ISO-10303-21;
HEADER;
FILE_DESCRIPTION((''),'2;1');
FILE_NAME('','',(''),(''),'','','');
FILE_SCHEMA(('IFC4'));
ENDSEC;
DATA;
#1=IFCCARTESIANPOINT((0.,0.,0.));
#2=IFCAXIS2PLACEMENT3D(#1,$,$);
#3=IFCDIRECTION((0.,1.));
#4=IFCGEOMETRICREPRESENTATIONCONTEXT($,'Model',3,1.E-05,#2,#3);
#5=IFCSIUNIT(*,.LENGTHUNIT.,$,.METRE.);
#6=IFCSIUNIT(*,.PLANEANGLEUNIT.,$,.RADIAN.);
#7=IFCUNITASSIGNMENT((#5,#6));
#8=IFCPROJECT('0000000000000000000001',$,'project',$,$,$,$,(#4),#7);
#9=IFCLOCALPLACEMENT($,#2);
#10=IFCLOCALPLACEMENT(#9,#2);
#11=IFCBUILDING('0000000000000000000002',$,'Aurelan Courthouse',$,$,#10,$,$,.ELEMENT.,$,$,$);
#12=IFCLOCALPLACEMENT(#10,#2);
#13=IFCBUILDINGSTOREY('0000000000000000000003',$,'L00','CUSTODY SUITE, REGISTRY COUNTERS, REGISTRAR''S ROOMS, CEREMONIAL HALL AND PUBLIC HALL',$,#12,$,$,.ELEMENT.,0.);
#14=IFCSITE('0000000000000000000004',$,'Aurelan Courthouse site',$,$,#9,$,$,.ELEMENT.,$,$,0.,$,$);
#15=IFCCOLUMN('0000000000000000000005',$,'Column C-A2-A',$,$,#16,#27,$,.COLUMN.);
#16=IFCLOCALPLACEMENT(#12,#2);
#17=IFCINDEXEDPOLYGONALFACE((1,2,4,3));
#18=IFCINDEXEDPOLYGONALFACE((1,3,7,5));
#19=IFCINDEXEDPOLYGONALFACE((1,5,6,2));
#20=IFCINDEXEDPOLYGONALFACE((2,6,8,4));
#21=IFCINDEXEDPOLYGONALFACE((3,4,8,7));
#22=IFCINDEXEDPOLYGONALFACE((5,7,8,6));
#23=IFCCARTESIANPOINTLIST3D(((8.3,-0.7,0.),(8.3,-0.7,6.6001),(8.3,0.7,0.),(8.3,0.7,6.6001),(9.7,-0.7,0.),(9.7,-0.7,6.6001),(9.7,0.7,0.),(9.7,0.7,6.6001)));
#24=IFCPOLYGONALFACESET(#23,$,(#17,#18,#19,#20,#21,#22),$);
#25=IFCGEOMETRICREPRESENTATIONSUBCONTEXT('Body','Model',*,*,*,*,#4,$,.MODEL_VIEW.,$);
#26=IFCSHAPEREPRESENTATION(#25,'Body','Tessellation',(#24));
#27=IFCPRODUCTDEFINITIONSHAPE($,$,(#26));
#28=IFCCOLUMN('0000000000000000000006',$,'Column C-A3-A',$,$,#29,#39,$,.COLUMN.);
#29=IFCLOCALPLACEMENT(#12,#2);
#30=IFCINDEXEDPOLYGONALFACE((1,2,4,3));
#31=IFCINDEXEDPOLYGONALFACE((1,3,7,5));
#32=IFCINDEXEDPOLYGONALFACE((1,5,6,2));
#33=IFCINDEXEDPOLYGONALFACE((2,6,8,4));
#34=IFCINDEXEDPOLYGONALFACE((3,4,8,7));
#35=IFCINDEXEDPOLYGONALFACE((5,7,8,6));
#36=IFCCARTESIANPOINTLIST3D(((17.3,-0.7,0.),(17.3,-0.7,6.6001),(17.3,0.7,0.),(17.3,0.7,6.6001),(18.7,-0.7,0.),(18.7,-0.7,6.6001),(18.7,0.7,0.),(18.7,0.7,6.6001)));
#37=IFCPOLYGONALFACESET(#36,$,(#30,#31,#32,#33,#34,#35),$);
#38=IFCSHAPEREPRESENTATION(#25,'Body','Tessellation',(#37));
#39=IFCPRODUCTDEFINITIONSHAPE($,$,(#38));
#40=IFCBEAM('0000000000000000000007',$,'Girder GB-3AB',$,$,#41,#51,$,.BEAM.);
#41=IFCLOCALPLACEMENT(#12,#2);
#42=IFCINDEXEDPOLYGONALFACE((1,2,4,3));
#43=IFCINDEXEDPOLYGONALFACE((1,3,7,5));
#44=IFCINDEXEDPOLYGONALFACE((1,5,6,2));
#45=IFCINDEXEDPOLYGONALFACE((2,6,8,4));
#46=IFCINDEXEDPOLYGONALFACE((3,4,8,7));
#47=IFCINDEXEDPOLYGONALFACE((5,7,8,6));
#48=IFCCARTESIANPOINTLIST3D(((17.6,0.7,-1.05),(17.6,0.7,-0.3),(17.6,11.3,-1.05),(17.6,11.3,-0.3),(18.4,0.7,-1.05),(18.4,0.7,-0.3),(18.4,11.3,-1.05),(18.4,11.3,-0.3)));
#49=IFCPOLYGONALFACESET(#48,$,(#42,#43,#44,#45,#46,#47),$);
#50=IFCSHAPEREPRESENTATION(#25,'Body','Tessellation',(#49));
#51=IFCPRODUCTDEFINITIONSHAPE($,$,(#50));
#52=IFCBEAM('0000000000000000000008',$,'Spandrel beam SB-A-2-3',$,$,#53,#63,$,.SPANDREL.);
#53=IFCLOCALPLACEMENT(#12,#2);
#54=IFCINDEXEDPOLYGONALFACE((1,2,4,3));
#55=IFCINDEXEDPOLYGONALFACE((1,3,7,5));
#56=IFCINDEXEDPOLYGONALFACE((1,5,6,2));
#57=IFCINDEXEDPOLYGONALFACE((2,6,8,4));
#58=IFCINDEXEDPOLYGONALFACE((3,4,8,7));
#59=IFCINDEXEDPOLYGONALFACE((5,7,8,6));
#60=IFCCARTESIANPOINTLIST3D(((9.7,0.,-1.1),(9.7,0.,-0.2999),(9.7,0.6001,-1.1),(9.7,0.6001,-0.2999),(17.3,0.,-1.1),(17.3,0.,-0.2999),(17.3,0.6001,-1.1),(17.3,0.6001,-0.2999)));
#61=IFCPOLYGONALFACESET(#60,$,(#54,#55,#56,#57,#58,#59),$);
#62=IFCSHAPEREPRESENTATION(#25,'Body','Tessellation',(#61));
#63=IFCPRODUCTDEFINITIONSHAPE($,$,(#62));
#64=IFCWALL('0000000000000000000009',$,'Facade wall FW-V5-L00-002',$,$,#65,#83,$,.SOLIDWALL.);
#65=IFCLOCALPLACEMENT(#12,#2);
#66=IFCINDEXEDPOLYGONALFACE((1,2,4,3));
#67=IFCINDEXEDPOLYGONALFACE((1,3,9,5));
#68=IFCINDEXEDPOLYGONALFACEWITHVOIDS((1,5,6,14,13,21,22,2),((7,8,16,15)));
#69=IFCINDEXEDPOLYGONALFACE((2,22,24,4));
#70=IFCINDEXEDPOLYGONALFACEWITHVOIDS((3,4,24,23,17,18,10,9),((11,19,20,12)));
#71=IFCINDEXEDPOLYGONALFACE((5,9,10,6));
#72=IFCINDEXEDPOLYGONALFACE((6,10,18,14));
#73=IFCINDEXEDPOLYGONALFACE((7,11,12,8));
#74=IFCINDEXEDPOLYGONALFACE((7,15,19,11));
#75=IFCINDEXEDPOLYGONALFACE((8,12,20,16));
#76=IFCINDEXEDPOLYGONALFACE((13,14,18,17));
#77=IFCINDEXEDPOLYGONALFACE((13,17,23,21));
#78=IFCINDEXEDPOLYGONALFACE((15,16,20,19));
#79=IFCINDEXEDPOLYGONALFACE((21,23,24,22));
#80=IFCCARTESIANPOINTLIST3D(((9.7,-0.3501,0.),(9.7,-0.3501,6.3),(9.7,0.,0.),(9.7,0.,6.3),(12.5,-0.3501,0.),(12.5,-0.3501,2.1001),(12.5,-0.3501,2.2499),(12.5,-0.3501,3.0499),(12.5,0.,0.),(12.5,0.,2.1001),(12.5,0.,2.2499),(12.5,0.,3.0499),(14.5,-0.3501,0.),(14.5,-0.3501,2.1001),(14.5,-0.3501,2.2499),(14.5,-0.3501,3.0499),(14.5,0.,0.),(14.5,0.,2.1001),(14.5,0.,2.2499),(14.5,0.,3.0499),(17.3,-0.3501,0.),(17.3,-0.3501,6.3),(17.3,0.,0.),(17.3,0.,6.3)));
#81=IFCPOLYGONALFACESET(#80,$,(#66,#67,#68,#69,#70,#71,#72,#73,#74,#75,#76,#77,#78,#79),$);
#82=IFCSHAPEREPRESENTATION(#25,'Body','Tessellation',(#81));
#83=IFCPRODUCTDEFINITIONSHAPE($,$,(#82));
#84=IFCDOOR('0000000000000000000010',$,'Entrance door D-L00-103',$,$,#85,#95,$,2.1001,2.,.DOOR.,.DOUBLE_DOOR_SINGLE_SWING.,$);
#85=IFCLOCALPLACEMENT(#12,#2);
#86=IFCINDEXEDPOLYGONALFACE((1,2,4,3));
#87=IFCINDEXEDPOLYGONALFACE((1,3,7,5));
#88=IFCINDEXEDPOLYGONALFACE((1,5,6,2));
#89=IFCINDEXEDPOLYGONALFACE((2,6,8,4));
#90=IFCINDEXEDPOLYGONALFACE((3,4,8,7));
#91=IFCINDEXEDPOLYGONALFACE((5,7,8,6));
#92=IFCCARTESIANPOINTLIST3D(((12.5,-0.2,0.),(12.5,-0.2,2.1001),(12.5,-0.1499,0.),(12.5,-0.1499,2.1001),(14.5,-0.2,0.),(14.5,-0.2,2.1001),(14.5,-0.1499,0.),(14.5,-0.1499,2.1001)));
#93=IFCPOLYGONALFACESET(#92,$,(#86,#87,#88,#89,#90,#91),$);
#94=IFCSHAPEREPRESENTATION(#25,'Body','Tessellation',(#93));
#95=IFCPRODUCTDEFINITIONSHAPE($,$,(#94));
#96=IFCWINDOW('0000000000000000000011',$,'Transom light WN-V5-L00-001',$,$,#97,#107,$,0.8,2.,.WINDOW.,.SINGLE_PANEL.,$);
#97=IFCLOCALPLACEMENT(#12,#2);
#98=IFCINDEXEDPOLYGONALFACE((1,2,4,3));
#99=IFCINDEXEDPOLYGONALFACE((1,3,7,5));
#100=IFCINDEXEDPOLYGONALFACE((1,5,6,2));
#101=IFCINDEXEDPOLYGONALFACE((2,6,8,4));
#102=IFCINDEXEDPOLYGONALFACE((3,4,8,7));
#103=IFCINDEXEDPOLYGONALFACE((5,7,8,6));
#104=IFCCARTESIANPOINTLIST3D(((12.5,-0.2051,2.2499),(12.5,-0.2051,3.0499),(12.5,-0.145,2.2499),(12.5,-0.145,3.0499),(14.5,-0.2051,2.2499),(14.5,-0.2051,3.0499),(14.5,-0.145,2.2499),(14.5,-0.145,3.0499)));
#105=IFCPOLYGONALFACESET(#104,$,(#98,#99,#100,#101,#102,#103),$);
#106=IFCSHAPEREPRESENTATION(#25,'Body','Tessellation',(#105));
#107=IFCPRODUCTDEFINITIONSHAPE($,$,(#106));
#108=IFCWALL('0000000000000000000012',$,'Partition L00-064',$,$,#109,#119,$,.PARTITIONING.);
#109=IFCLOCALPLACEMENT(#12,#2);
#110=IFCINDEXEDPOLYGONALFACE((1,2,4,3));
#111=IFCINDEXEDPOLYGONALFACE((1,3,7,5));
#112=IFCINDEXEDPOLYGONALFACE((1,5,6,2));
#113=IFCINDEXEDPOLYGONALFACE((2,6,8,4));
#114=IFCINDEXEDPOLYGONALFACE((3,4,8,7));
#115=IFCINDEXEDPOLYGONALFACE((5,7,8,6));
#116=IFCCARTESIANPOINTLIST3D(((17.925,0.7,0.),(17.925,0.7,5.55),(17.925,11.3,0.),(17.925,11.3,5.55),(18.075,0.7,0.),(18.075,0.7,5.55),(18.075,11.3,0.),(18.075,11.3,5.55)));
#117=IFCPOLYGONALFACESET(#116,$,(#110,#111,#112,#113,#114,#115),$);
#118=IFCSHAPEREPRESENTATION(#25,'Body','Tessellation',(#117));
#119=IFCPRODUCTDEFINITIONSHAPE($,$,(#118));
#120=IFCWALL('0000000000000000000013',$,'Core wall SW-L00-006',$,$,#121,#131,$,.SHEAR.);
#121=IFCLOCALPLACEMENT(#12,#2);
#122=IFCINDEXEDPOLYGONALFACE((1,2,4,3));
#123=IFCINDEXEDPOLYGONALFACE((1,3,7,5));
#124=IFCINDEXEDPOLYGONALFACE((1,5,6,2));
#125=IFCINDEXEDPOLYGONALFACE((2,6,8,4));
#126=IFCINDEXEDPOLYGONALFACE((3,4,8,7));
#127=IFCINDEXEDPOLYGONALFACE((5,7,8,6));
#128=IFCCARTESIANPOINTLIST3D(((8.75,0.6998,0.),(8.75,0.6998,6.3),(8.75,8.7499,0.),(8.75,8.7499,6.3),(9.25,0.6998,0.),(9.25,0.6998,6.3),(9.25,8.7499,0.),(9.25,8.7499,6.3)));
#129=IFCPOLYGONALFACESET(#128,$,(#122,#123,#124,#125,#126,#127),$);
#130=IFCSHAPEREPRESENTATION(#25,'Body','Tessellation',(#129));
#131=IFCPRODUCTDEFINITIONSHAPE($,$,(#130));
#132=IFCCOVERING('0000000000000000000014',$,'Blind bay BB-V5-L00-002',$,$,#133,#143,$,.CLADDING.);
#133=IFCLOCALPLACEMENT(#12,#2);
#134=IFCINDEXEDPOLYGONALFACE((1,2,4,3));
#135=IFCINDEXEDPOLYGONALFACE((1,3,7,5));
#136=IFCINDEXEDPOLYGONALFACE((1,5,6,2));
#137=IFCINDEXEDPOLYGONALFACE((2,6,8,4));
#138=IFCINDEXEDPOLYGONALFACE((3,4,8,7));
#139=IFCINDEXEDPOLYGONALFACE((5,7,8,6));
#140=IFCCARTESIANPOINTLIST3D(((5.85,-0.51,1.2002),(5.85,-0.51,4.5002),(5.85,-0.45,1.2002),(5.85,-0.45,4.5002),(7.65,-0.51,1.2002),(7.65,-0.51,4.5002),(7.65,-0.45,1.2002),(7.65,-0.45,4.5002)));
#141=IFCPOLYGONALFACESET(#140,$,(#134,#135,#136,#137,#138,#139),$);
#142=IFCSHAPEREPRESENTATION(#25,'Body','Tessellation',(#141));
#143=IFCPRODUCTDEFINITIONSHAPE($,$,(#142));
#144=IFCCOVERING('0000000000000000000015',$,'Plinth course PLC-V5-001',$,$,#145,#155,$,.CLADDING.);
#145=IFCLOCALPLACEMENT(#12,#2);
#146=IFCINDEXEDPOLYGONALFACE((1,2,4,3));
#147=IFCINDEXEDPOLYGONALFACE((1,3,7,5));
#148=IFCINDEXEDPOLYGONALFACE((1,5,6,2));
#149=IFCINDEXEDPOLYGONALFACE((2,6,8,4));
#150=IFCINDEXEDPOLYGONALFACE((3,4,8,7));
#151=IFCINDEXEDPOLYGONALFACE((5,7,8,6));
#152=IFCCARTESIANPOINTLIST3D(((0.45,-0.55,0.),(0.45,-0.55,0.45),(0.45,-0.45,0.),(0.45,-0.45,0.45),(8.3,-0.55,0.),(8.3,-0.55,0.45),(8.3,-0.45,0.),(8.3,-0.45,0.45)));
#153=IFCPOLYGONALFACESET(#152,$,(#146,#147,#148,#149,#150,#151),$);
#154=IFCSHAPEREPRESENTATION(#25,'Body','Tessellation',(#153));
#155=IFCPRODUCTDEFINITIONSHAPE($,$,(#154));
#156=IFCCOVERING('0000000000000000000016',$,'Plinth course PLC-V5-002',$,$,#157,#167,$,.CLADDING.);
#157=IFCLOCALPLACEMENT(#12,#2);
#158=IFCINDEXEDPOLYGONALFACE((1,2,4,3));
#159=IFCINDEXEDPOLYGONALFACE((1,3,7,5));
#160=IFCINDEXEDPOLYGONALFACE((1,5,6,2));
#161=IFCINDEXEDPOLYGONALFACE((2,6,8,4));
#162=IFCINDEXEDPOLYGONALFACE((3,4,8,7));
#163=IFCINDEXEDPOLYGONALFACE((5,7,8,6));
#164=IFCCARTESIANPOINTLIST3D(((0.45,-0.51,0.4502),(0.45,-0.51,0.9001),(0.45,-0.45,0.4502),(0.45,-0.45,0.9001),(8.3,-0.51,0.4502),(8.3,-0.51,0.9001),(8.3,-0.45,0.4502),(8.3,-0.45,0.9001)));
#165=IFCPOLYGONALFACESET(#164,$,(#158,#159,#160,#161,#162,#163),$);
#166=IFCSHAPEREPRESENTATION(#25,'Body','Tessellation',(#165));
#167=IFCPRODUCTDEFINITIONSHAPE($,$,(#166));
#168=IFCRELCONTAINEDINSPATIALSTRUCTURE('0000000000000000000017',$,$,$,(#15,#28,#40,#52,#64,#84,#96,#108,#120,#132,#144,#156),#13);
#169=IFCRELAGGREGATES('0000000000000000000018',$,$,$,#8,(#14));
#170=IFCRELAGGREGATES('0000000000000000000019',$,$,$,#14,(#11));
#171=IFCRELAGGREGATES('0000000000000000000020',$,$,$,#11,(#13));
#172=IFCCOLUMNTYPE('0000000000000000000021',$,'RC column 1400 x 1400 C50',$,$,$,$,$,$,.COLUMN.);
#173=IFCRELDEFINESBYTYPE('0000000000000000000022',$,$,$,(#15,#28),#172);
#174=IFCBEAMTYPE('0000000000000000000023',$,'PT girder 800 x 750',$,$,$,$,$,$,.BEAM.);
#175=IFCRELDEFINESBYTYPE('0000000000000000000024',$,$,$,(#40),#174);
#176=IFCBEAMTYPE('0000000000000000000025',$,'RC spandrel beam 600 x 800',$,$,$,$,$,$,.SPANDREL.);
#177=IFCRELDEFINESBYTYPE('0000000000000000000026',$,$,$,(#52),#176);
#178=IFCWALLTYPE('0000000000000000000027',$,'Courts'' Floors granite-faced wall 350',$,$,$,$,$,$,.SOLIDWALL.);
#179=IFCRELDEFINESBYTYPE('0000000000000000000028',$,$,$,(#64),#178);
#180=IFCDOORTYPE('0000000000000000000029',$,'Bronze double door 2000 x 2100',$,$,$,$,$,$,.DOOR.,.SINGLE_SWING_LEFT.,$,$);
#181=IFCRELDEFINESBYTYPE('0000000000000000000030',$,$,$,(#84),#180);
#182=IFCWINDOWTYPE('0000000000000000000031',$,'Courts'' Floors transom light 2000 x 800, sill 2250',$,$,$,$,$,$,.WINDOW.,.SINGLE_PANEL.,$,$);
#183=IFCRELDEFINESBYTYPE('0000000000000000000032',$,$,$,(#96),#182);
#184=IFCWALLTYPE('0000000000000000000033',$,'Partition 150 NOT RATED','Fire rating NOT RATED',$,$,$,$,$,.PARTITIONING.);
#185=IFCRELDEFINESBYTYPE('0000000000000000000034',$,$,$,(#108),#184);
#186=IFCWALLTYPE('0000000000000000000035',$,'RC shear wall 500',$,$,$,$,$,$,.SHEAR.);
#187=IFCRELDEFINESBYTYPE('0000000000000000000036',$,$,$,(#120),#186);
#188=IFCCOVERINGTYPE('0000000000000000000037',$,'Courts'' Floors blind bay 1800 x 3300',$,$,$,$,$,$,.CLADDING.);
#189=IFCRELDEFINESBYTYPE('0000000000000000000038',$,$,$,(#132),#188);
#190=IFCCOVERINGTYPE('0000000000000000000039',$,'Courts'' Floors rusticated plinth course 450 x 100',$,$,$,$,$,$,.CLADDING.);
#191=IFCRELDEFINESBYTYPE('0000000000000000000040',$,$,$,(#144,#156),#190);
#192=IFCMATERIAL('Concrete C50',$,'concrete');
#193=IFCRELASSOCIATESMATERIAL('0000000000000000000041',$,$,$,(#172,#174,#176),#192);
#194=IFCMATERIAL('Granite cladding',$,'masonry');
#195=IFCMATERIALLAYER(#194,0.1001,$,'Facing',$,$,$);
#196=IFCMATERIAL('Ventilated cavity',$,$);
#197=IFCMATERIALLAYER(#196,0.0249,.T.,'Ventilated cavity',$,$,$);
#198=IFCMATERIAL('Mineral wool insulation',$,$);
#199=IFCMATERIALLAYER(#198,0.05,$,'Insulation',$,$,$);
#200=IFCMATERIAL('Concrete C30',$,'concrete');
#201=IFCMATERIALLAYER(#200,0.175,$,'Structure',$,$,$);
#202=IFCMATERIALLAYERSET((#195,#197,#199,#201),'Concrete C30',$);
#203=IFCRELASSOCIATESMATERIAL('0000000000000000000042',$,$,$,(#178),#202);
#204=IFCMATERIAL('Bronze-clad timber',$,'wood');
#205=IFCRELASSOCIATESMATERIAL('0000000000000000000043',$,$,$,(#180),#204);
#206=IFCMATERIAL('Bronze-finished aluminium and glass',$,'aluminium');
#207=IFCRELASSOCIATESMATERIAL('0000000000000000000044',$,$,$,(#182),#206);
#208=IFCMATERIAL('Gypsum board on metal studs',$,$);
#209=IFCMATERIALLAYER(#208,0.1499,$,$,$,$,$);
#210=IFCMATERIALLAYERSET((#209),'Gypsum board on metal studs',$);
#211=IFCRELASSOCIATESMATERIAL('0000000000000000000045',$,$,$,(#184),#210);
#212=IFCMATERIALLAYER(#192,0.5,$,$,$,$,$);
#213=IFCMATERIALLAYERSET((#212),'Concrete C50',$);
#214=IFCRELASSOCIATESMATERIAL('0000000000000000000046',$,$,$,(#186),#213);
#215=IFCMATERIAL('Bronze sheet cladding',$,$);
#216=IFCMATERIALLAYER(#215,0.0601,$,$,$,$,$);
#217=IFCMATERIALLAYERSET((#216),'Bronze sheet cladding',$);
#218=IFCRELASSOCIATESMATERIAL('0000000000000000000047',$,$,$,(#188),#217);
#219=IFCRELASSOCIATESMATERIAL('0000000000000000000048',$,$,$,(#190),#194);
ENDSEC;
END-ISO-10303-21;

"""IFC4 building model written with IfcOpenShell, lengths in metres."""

from ifc_helpers import new_model, si_unit, direction, frame, frame_2d, origin, origin_2d, place, context, subcontext, project, spatial, rectangle, extrude, material, layer, layer_set, material_profile, profile_set, type_object, element, fill, save


model = new_model("IFC4")

# Units and contexts
model_context = context("Model", 3, precision=1e-05, world=origin(), true_north=direction((0.0, 1.0)))
body_context = subcontext(model_context, "Body", "Model", "MODEL_VIEW")
ifc_project = project(units=[si_unit("LENGTHUNIT", "METRE"), si_unit("PLANEANGLEUNIT", "RADIAN")], contexts=[model_context])

# Site, building, storey
site_placement = place(None, origin())
site = spatial("IfcSite", under=ifc_project, at=site_placement, Name="Aurelan Courthouse site", CompositionType="ELEMENT", RefElevation=0.0)
building_placement = place(site_placement, origin())
building = spatial("IfcBuilding", under=site, at=building_placement, Name="Aurelan Courthouse", CompositionType="ELEMENT")
storey_placement = place(building_placement, origin())
storey = spatial("IfcBuildingStorey", under=building, at=storey_placement, Name="L00", Description="CUSTODY SUITE, REGISTRY COUNTERS, REGISTRAR'S ROOMS, CEREMONIAL HALL AND PUBLIC HALL", CompositionType="ELEMENT", Elevation=0.0)

# Columns
ifc_material_1 = material(Name="Concrete C50", Category="concrete")
ifc_material_profile_1 = material_profile(ifc_material_1, rectangle(XDim=1.3999, YDim=1.3999, at=origin_2d()), Name="RC 1400 x 1400")
ifc_profile_set_1 = profile_set([ifc_material_profile_1], Name="Concrete C50")
column_type = type_object("IfcColumnType", Name="RC column 1400 x 1400 C50", PredefinedType="COLUMN", material=ifc_profile_set_1)
for number, where, z_axis, x_axis, name in (
    (1, (9.0, 0.0, 0.0), (0.0, 0.0, 1.0), (1.0, 0.0, 0.0), "Column C-A2-A"),
    (2, (18.0, 0.0, 0.0), (0.0, 0.0, 1.0), (1.0, 0.0, 0.0), "Column C-A3-A"),
):
    element("IfcColumn", number, at=place(storey_placement, frame(where, z_axis=z_axis, x_axis=x_axis)), inside=storey, type_object=column_type, Name=name, PredefinedType="COLUMN", context=body_context, shape_type="SweptSolid", body=[
        extrude(rectangle(XDim=1.3999, YDim=1.3999, at=origin_2d()), origin(), (0.0, 0.0, 1.0), 6.6001),
    ])

# Beams
ifc_material_profile_2 = material_profile(ifc_material_1, rectangle(XDim=0.8, YDim=0.75, at=origin_2d()), Name="RC 800 x 750")
ifc_profile_set_2 = profile_set([ifc_material_profile_2], Name="Concrete C50")
beam_type_1 = type_object("IfcBeamType", Name="PT girder 800 x 750", PredefinedType="BEAM", material=ifc_profile_set_2)
beam_1_placement = place(storey_placement, frame((18.0, 0.7, -0.675), z_axis=(0.0, 1.0, 0.0), x_axis=(-1.0, 0.0, 0.0)))
element("IfcBeam", 3, at=beam_1_placement, inside=storey, type_object=beam_type_1, Name="Girder GB-3AB", PredefinedType="BEAM", context=body_context, shape_type="SweptSolid", body=[
    extrude(rectangle(XDim=0.8, YDim=0.75, at=origin_2d()), origin(), (0.0, 0.0, 1.0), 10.6001),
])
ifc_material_profile_3 = material_profile(ifc_material_1, rectangle(XDim=0.6001, YDim=0.8, at=origin_2d()), Name="RC 600 x 800")
ifc_profile_set_3 = profile_set([ifc_material_profile_3], Name="Concrete C50")
beam_type_2 = type_object("IfcBeamType", Name="RC spandrel beam 600 x 800", PredefinedType="SPANDREL", material=ifc_profile_set_3)
beam_2_placement = place(storey_placement, frame((9.7, 0.3, -0.7), z_axis=(1.0, 0.0, 0.0), x_axis=(0.0, 1.0, 0.0)))
element("IfcBeam", 4, at=beam_2_placement, inside=storey, type_object=beam_type_2, Name="Spandrel beam SB-A-2-3", PredefinedType="SPANDREL", context=body_context, shape_type="SweptSolid", body=[
    extrude(rectangle(XDim=0.6001, YDim=0.8, at=origin_2d()), origin(), (0.0, 0.0, 1.0), 7.6001),
])

# Wall, openings, door, window
ifc_material_2 = material(Name="Granite cladding", Category="masonry")
ifc_layer_1 = layer(ifc_material_2, 0.1001, Name="Facing")
ifc_material_3 = material(Name="Ventilated cavity")
ifc_layer_2 = layer(ifc_material_3, 0.0249, ventilated=True, Name="Ventilated cavity")
ifc_material_4 = material(Name="Mineral wool insulation")
ifc_layer_3 = layer(ifc_material_4, 0.05, Name="Insulation")
ifc_material_5 = material(Name="Concrete C30", Category="concrete")
ifc_layer_4 = layer(ifc_material_5, 0.175, Name="Structure")
ifc_layer_set_1 = layer_set([ifc_layer_1, ifc_layer_2, ifc_layer_3, ifc_layer_4], Name="Concrete C30")
wall_type_1 = type_object("IfcWallType", Name="Courts' Floors granite-faced wall 350", PredefinedType="SOLIDWALL", material=ifc_layer_set_1)
wall_1_placement = place(storey_placement, frame((9.7, -0.175, 0.0), z_axis=(0.0, 0.0, 1.0), x_axis=(1.0, 0.0, 0.0)))
wall_1 = element("IfcWall", 5, at=wall_1_placement, inside=storey, type_object=wall_type_1, Name="Facade wall FW-V5-L00-002", PredefinedType="SOLIDWALL", context=body_context, shape_type="SweptSolid", body=[
    extrude(rectangle(XDim=7.6001, YDim=0.3501, at=frame_2d((3.8, 0.0))), origin(), (0.0, 0.0, 1.0), 6.3),
])
opening_1_placement = place(wall_1_placement, frame((4.8, 0.0, 0.0), z_axis=(0.0, 0.0, 1.0), x_axis=(-1.0, 0.0, 0.0)))
opening_1 = element("IfcOpeningElement", 6, at=opening_1_placement, cuts=wall_1, PredefinedType="OPENING", context=body_context, shape_type="SweptSolid", body=[
    extrude(rectangle(XDim=2.0, YDim=2.1001, at=frame_2d((1.0, 1.05))), frame((0.0, 0.1851, 0.0), z_axis=(0.0, -1.0, 0.0), x_axis=(1.0, 0.0, 0.0)), (0.0, 0.0, 1.0), 0.3701),
])
opening_2_placement = place(wall_1_placement, frame((2.8, 0.0, 2.25)))
opening_2 = element("IfcOpeningElement", 7, at=opening_2_placement, cuts=wall_1, PredefinedType="OPENING", context=body_context, shape_type="SweptSolid", body=[
    extrude(rectangle(XDim=2.0, YDim=0.8, at=frame_2d((1.0, 0.3999))), frame((0.0, 0.1851, 0.0), z_axis=(0.0, -1.0, 0.0), x_axis=(1.0, 0.0, 0.0)), (0.0, 0.0, 1.0), 0.3701),
])
ifc_material_6 = material(Name="Bronze-clad timber", Category="wood")
door_type = type_object("IfcDoorType", Name="Bronze double door 2000 x 2100", OperationType="SINGLE_SWING_LEFT", PredefinedType="DOOR", material=ifc_material_6)
door_placement = place(opening_1_placement, origin())
door = element("IfcDoor", 8, at=door_placement, inside=storey, type_object=door_type, Name="Entrance door D-L00-103", OperationType="DOUBLE_DOOR_SINGLE_SWING", OverallHeight=2.1001, OverallWidth=2.0, PredefinedType="DOOR", context=body_context, shape_type="SweptSolid", body=[
    extrude(rectangle(XDim=2.0, YDim=2.1001, at=frame_2d((1.0, 1.05))), frame((0.0, 0.0249, 0.0), z_axis=(0.0, -1.0, 0.0), x_axis=(1.0, 0.0, 0.0)), (0.0, 0.0, 1.0), 0.05),
])
fill(opening_1, door)
ifc_material_7 = material(Name="Bronze-finished aluminium and glass", Category="aluminium")
window_type = type_object("IfcWindowType", Name="Courts' Floors transom light 2000 x 800, sill 2250", PartitioningType="SINGLE_PANEL", PredefinedType="WINDOW", material=ifc_material_7)
window_placement = place(opening_2_placement, origin())
window = element("IfcWindow", 9, at=window_placement, inside=storey, type_object=window_type, Name="Transom light WN-V5-L00-001", OverallHeight=0.8, OverallWidth=2.0, PartitioningType="SINGLE_PANEL", PredefinedType="WINDOW", context=body_context, shape_type="SweptSolid", body=[
    extrude(rectangle(XDim=2.0, YDim=0.8, at=frame_2d((1.0, 0.3999))), frame((0.0, 0.03, 0.0), z_axis=(0.0, -1.0, 0.0), x_axis=(1.0, 0.0, 0.0)), (0.0, 0.0, 1.0), 0.0601),
])
fill(opening_2, window)

# Walls
ifc_material_8 = material(Name="Gypsum board on metal studs")
ifc_layer_5 = layer(ifc_material_8, 0.1499)
ifc_layer_set_2 = layer_set([ifc_layer_5], Name="Gypsum board on metal studs")
wall_type_2 = type_object("IfcWallType", Name="Partition 150 NOT RATED", Description="Fire rating NOT RATED", PredefinedType="PARTITIONING", material=ifc_layer_set_2)
wall_2_placement = place(storey_placement, frame((18.0, 0.7, 0.0), z_axis=(0.0, 0.0, 1.0), x_axis=(0.0, 1.0, 0.0)))
element("IfcWall", 10, at=wall_2_placement, inside=storey, type_object=wall_type_2, Name="Partition L00-064", PredefinedType="PARTITIONING", context=body_context, shape_type="SweptSolid", body=[
    extrude(rectangle(XDim=10.6001, YDim=0.1499, at=frame_2d((5.3, 0.0))), origin(), (0.0, 0.0, 1.0), 5.55),
])
ifc_layer_6 = layer(ifc_material_1, 0.5)
ifc_layer_set_3 = layer_set([ifc_layer_6], Name="Concrete C50")
wall_type_3 = type_object("IfcWallType", Name="RC shear wall 500", PredefinedType="SHEAR", material=ifc_layer_set_3)
wall_3_placement = place(storey_placement, frame((9.0, 0.7, 0.0), z_axis=(0.0, 0.0, 1.0), x_axis=(0.0, 1.0, 0.0)))
element("IfcWall", 11, at=wall_3_placement, inside=storey, type_object=wall_type_3, Name="Core wall SW-L00-006", PredefinedType="SHEAR", context=body_context, shape_type="SweptSolid", body=[
    extrude(rectangle(XDim=8.05, YDim=0.5, at=frame_2d((4.0249, 0.0))), origin(), (0.0, 0.0, 1.0), 6.3),
])

# Coverings
ifc_material_9 = material(Name="Bronze sheet cladding")
ifc_layer_7 = layer(ifc_material_9, 0.0601)
ifc_layer_set_4 = layer_set([ifc_layer_7], Name="Bronze sheet cladding")
covering_type_1 = type_object("IfcCoveringType", Name="Courts' Floors blind bay 1800 x 3300", PredefinedType="CLADDING", material=ifc_layer_set_4)
covering_1_placement = place(storey_placement, frame((6.75, -0.48, 1.2002), z_axis=(0.0, 0.0, 1.0), x_axis=(1.0, 0.0, 0.0)))
element("IfcCovering", 12, at=covering_1_placement, inside=storey, type_object=covering_type_1, Name="Blind bay BB-V5-L00-002", PredefinedType="CLADDING", context=body_context, shape_type="SweptSolid", body=[
    extrude(rectangle(XDim=1.8, YDim=0.0601, at=origin_2d()), origin(), (0.0, 0.0, 1.0), 3.3),
])
covering_type_2 = type_object("IfcCoveringType", Name="Courts' Floors rusticated plinth course 450 x 100", PredefinedType="CLADDING", material=ifc_material_2)
covering_2_placement = place(storey_placement, frame((4.375, -0.5, 0.0), z_axis=(0.0, 0.0, 1.0), x_axis=(1.0, 0.0, 0.0)))
element("IfcCovering", 13, at=covering_2_placement, inside=storey, type_object=covering_type_2, Name="Plinth course PLC-V5-001", PredefinedType="CLADDING", context=body_context, shape_type="SweptSolid", body=[
    extrude(rectangle(XDim=7.8501, YDim=0.1001, at=origin_2d()), origin(), (0.0, 0.0, 1.0), 0.45),
])
covering_3_placement = place(storey_placement, frame((4.375, -0.48, 0.4502), z_axis=(0.0, 0.0, 1.0), x_axis=(1.0, 0.0, 0.0)))
element("IfcCovering", 14, at=covering_3_placement, inside=storey, type_object=covering_type_2, Name="Plinth course PLC-V5-002", PredefinedType="CLADDING", context=body_context, shape_type="SweptSolid", body=[
    extrude(rectangle(XDim=7.8501, YDim=0.0601, at=origin_2d()), origin(), (0.0, 0.0, 1.0), 0.45),
])

save(model, "model.ifc")
